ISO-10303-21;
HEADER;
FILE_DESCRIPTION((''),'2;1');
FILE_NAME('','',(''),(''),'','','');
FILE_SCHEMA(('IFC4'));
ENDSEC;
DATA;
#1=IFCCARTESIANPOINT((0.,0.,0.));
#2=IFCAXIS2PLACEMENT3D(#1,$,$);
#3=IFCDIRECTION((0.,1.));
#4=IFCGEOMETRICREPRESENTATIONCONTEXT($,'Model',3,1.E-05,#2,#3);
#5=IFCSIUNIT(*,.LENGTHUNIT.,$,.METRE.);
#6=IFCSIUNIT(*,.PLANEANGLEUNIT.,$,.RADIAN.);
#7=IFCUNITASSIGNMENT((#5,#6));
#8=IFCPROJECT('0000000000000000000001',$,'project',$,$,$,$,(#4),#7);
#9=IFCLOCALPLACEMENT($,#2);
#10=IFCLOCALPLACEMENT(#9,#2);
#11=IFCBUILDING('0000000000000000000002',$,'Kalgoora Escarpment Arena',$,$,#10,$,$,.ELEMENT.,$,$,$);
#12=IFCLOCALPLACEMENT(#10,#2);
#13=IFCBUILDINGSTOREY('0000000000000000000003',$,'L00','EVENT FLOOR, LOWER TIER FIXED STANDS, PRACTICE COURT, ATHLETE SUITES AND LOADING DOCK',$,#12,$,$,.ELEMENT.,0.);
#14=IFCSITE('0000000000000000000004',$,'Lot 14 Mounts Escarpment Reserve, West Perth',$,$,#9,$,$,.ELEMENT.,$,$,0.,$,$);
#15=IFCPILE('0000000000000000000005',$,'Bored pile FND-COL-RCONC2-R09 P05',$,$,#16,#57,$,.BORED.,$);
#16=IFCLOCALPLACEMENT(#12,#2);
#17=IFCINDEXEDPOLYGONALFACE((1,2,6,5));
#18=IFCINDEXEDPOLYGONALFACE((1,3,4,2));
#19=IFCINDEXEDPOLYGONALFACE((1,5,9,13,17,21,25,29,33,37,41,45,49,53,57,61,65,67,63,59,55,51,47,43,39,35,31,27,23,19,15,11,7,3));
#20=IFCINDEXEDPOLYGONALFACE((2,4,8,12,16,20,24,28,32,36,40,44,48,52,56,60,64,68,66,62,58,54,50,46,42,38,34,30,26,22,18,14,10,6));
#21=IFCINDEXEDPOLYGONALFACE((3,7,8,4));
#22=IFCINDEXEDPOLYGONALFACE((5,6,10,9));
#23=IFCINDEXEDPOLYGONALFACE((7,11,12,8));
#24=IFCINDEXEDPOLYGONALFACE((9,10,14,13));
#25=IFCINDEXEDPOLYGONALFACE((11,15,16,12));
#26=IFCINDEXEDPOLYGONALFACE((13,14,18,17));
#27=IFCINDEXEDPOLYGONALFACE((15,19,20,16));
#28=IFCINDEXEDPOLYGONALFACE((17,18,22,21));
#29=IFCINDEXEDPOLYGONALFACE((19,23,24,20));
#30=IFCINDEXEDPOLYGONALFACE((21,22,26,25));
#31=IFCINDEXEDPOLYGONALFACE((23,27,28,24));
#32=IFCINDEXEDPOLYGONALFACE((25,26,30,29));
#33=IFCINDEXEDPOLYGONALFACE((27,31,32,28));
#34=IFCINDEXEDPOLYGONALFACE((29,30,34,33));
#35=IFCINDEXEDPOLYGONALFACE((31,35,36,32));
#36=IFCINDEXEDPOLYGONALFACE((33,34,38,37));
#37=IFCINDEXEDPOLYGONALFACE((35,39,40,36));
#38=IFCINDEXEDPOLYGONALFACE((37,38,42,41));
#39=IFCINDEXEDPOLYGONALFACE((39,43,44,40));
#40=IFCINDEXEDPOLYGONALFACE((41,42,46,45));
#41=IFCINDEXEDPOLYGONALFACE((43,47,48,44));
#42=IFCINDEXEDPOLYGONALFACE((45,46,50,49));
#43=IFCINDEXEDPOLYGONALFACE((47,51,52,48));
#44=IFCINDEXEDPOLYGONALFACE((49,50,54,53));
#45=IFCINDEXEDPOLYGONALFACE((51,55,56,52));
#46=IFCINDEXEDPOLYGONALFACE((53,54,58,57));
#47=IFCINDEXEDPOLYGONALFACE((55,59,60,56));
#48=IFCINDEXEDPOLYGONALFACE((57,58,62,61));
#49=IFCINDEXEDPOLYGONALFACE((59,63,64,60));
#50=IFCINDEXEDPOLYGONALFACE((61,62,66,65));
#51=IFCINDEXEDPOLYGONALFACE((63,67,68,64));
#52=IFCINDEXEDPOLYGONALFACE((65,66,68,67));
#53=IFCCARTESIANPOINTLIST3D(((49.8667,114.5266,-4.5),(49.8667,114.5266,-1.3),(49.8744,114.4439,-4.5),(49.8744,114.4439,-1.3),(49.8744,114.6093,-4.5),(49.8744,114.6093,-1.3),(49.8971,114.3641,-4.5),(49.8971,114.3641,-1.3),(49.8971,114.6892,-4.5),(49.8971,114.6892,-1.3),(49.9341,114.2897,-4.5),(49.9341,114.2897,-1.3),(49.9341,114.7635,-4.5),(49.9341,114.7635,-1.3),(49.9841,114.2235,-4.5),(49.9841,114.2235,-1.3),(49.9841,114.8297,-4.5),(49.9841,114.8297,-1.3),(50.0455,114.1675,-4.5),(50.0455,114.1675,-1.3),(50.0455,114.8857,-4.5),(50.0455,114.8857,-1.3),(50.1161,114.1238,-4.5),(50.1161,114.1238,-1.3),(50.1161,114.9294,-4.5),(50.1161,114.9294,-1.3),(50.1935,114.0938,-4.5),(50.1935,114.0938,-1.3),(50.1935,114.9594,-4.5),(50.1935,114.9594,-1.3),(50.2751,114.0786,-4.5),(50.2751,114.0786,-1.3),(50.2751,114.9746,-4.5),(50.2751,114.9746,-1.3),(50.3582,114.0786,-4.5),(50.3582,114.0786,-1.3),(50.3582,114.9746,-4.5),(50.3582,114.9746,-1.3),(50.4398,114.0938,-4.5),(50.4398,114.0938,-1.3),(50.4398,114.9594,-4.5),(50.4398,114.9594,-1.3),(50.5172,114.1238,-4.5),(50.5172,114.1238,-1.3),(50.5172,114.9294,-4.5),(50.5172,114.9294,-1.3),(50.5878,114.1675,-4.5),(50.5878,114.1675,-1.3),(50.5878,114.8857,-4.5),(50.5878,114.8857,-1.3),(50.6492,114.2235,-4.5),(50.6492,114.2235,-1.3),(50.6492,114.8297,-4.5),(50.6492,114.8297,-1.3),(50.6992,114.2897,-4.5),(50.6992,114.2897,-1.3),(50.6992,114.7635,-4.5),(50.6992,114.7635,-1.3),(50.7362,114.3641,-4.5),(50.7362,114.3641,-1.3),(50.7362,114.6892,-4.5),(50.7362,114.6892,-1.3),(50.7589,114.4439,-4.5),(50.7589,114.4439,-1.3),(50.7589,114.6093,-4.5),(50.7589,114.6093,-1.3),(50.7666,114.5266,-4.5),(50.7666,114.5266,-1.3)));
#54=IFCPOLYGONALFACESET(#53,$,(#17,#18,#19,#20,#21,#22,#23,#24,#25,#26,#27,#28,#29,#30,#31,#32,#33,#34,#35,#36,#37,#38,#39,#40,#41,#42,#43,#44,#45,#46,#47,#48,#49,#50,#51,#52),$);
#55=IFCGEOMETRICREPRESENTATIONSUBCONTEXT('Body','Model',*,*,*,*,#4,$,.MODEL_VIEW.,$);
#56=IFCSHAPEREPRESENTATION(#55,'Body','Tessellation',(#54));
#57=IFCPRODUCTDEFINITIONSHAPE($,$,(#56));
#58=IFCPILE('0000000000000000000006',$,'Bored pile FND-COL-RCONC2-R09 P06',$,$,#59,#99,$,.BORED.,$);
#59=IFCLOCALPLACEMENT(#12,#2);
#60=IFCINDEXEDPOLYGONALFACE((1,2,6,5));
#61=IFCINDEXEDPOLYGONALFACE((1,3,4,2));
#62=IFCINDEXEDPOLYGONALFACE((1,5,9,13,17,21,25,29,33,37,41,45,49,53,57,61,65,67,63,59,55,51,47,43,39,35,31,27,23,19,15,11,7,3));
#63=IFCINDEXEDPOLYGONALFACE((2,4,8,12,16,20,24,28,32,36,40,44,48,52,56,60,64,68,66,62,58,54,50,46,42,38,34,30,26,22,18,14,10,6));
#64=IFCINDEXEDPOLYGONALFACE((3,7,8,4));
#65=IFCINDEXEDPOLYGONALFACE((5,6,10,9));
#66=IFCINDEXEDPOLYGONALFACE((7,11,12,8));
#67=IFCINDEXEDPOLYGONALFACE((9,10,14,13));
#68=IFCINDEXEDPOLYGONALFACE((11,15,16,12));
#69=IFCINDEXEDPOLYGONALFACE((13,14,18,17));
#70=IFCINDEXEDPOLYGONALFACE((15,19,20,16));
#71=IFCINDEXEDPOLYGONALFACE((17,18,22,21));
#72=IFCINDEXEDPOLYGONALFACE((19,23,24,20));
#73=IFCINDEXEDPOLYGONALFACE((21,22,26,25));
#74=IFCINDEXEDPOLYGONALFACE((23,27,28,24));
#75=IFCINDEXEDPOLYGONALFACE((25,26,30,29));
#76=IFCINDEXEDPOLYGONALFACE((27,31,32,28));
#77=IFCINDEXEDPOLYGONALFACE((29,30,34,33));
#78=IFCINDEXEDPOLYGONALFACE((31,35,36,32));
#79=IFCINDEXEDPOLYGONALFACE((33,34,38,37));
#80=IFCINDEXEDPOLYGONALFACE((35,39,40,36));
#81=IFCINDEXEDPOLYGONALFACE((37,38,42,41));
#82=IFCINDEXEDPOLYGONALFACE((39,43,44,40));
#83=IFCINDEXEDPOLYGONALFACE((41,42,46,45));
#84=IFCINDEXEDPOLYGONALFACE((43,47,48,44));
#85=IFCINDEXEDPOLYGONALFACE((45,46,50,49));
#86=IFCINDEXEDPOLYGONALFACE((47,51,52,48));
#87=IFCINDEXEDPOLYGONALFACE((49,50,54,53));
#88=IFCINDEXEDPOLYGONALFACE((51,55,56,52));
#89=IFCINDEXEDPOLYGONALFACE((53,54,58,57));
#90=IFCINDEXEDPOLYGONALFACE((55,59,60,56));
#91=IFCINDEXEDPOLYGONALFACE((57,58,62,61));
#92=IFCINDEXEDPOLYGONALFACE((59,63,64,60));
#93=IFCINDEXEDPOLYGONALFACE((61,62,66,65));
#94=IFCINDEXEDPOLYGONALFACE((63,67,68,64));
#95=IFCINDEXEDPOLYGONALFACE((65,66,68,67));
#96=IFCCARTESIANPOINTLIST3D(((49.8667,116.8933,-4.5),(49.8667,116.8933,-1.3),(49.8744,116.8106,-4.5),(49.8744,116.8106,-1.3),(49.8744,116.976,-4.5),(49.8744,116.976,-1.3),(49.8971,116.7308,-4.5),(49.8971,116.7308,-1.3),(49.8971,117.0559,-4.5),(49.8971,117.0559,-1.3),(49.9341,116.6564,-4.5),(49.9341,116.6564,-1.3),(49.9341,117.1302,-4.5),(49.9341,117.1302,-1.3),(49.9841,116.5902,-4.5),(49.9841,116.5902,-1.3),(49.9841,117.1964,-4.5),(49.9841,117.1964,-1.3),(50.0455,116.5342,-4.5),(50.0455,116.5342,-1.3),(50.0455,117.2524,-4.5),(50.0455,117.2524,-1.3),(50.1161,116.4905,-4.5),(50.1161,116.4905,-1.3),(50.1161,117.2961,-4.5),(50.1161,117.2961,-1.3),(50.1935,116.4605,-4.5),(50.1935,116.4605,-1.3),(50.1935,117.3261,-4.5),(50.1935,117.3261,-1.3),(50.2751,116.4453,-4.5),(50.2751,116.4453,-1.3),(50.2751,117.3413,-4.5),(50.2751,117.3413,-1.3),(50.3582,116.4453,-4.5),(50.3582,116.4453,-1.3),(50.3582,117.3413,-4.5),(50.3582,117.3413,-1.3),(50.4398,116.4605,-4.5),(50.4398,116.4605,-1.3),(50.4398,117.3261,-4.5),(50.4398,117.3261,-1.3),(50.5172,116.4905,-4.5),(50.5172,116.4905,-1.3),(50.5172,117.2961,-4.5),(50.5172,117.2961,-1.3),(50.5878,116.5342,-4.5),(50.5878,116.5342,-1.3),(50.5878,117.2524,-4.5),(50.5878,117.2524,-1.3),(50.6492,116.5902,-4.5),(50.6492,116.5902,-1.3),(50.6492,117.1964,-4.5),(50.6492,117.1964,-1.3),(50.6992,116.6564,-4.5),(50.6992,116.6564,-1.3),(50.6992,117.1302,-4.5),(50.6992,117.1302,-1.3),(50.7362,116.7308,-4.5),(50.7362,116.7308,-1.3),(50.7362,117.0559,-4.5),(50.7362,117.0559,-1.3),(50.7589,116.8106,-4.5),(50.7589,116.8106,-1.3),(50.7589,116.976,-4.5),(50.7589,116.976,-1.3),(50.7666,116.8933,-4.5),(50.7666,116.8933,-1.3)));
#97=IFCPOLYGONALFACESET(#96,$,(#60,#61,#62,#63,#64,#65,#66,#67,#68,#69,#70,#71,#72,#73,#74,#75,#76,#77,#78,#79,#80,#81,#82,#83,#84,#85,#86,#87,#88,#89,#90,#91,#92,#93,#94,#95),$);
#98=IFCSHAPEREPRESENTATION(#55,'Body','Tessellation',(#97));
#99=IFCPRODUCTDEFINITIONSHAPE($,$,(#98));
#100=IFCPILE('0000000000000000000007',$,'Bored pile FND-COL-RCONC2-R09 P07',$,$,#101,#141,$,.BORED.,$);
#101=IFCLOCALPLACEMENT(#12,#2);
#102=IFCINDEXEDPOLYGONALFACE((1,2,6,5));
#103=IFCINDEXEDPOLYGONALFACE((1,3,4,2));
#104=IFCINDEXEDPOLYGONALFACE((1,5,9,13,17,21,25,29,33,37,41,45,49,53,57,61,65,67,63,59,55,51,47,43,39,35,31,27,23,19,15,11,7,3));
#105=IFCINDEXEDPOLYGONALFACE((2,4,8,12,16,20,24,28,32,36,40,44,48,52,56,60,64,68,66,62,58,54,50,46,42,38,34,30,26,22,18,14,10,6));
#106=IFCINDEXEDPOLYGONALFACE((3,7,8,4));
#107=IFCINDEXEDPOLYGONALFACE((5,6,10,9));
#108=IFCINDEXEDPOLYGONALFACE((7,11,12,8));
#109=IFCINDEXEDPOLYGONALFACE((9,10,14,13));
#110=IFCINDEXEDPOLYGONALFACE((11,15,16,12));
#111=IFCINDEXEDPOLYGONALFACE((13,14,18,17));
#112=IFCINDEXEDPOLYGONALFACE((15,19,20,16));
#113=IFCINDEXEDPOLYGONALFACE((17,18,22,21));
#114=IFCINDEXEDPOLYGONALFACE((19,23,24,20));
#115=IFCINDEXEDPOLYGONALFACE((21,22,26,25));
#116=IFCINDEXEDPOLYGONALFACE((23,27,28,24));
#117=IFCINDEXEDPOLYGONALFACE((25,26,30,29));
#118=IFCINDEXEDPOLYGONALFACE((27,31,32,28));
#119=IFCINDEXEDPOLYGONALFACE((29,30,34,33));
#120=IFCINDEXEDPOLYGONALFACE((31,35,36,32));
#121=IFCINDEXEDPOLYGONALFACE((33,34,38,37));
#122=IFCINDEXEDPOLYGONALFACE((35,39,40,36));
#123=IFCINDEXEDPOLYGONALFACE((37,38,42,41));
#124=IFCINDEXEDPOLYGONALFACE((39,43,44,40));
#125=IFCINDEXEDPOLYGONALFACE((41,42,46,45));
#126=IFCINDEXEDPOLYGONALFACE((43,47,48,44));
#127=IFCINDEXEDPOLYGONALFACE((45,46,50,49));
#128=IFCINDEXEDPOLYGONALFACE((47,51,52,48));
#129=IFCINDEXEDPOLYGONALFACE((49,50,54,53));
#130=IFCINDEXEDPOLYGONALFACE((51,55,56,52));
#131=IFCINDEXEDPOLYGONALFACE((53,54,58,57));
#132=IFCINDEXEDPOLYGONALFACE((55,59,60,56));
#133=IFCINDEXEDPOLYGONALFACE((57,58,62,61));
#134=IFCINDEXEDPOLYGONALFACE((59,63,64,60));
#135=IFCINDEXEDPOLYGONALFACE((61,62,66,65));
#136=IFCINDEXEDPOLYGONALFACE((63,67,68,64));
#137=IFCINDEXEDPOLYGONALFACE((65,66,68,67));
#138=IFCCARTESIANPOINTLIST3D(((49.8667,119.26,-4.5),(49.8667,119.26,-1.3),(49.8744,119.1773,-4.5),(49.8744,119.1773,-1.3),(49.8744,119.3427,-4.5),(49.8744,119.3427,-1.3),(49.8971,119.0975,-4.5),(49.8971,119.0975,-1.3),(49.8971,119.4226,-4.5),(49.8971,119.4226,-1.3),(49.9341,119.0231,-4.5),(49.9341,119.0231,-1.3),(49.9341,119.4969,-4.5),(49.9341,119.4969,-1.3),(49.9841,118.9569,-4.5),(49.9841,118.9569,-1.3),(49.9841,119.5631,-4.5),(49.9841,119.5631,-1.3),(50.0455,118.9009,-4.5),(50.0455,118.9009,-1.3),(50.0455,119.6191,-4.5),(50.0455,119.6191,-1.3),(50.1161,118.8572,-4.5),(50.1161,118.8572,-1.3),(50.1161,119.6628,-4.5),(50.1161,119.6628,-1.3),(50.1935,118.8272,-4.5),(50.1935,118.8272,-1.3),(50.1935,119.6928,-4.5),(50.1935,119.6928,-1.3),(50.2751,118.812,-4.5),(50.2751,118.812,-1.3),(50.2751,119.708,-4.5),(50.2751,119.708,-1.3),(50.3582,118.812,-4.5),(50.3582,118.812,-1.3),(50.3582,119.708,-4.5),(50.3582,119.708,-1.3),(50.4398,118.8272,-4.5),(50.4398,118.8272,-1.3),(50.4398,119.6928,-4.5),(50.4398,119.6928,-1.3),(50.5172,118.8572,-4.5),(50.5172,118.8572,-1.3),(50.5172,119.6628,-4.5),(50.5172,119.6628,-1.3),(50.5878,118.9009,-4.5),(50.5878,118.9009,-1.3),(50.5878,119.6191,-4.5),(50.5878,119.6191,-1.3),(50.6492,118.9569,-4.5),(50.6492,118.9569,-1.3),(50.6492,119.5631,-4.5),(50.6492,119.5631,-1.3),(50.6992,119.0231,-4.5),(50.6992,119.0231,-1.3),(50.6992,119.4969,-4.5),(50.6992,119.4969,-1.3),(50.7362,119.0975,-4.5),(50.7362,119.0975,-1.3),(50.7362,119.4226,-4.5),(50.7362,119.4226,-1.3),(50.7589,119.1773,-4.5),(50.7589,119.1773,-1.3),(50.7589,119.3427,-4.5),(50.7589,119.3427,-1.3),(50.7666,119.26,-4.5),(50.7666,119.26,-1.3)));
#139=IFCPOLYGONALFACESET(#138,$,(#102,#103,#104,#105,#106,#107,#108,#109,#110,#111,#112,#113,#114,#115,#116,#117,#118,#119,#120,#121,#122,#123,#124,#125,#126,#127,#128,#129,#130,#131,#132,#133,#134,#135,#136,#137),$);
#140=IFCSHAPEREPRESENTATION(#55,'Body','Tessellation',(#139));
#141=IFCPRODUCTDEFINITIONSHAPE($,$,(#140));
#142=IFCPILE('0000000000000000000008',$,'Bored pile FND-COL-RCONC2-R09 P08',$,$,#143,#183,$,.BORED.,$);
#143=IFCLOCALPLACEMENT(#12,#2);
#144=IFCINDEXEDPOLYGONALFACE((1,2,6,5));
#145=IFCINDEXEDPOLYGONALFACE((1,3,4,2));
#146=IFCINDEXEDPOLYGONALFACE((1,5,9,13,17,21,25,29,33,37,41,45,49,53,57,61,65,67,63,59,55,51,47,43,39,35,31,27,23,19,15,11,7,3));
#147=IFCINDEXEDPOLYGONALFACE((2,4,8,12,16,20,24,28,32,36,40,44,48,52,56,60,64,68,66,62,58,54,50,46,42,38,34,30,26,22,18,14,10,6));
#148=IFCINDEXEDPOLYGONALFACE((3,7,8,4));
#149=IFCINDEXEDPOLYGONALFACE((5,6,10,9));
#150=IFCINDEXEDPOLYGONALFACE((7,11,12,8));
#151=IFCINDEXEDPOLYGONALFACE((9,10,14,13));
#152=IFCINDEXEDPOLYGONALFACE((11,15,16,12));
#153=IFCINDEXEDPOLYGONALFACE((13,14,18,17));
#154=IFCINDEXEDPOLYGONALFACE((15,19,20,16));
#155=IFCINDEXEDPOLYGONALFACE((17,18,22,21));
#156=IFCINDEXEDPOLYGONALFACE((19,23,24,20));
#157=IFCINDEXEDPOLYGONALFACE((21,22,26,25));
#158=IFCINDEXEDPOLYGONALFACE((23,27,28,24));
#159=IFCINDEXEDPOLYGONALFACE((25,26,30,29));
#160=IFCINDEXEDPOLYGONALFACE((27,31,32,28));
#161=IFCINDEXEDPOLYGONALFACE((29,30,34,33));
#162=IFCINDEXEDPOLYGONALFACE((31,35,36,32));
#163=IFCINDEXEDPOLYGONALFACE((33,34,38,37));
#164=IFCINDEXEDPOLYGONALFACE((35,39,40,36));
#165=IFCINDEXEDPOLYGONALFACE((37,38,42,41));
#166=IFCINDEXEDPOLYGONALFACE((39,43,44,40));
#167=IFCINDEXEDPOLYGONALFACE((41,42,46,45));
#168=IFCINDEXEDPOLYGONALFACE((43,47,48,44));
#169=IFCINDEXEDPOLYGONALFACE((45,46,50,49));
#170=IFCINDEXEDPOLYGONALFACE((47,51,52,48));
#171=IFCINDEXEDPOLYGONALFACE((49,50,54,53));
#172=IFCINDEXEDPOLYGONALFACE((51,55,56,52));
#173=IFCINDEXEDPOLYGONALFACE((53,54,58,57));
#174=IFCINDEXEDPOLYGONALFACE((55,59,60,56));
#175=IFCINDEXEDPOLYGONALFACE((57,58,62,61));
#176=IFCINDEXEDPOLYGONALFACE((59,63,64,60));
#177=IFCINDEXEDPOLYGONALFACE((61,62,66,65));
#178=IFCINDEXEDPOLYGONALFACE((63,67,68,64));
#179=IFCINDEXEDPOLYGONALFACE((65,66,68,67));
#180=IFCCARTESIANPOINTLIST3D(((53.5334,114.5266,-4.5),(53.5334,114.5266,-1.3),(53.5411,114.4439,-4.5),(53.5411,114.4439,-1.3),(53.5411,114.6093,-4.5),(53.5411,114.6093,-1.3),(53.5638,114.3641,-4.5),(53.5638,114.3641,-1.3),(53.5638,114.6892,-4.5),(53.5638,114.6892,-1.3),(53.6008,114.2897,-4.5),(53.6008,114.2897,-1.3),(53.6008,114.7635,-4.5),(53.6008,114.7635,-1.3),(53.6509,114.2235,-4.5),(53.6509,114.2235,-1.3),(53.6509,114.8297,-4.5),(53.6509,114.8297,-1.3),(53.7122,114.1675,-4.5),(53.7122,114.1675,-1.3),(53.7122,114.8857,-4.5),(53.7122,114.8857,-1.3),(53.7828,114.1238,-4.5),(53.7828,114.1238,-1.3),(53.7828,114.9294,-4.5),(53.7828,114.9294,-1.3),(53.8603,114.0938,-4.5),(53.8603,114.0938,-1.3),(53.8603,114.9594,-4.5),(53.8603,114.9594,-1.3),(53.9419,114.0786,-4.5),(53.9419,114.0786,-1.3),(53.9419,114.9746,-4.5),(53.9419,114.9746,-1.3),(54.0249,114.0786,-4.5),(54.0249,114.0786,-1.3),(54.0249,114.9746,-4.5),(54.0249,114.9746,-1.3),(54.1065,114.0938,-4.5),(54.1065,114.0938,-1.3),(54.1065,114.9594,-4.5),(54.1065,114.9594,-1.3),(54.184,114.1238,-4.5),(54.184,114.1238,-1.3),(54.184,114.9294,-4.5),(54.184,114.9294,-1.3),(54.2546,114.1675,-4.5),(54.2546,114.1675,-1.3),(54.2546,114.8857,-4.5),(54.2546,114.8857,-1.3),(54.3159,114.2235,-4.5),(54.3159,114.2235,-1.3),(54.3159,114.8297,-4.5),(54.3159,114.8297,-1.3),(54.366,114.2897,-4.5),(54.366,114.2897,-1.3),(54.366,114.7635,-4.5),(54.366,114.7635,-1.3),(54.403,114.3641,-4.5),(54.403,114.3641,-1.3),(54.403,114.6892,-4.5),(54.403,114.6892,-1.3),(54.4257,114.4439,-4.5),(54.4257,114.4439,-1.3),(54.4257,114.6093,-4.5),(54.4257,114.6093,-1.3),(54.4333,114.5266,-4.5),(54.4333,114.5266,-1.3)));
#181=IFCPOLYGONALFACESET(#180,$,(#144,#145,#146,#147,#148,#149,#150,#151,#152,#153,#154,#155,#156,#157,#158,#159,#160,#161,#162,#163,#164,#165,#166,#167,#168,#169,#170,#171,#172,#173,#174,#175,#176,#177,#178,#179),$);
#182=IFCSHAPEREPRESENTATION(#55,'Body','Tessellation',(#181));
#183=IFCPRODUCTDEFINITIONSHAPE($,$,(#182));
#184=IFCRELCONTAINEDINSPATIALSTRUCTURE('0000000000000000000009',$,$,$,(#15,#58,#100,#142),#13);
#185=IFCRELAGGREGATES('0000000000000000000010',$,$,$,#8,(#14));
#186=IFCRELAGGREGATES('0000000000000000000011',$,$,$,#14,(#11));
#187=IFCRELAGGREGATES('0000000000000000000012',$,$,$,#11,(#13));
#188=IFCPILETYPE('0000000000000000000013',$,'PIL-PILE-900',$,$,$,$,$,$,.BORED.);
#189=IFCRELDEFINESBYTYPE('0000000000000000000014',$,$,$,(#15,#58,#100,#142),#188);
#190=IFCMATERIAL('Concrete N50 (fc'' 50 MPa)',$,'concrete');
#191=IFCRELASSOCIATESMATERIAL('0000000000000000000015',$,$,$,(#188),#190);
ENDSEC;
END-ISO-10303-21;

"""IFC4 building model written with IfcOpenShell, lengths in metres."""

from ifc_helpers import new_model, si_unit, direction, frame, origin, origin_2d, place, context, subcontext, project, spatial, circle, extrude, material, material_profile, profile_set, type_object, element, save


model = new_model("IFC4")

# Units and contexts
model_context = context("Model", 3, precision=1e-05, world=origin(), true_north=direction((0.0, 1.0)))
body_context = subcontext(model_context, "Body", "Model", "MODEL_VIEW")
ifc_project = project(units=[si_unit("LENGTHUNIT", "METRE"), si_unit("PLANEANGLEUNIT", "RADIAN")], contexts=[model_context])

# Site, building, storey
site_placement = place(None, origin())
site = spatial("IfcSite", under=ifc_project, at=site_placement, Name="Lot 14 Mounts Escarpment Reserve, West Perth", CompositionType="ELEMENT", RefElevation=0.0)
building_placement = place(site_placement, origin())
building = spatial("IfcBuilding", under=site, at=building_placement, Name="Kalgoora Escarpment Arena", CompositionType="ELEMENT")
storey_placement = place(building_placement, origin())
storey = spatial("IfcBuildingStorey", under=building, at=storey_placement, Name="L00", Description="EVENT FLOOR, LOWER TIER FIXED STANDS, PRACTICE COURT, ATHLETE SUITES AND LOADING DOCK", CompositionType="ELEMENT", Elevation=0.0)

# Piles
ifc_material_1 = material(Name="Concrete N50 (fc' 50 MPa)", Category="concrete")
ifc_material_profile_1 = material_profile(ifc_material_1, circle(Radius=0.45, at=origin_2d()))
ifc_profile_set_1 = profile_set([ifc_material_profile_1], Name="Concrete N50 (fc' 50 MPa)")
pile_type = type_object("IfcPileType", Name="PIL-PILE-900", PredefinedType="BORED", material=ifc_profile_set_1)
for number, where, z_axis, x_axis, name in (
    (1, (50.3167, 114.5266, -1.3), (0.0, 0.0, -1.0), (1.0, 0.0, 0.0), "Bored pile FND-COL-RCONC2-R09 P05"),
    (2, (50.3167, 116.8933, -1.3), (0.0, 0.0, -1.0), (1.0, 0.0, 0.0), "Bored pile FND-COL-RCONC2-R09 P06"),
    (3, (50.3167, 119.26, -1.3), (0.0, 0.0, -1.0), (1.0, 0.0, 0.0), "Bored pile FND-COL-RCONC2-R09 P07"),
    (4, (53.9834, 114.5266, -1.3), (0.0, 0.0, -1.0), (1.0, 0.0, 0.0), "Bored pile FND-COL-RCONC2-R09 P08"),
):
    element("IfcPile", number, at=place(storey_placement, frame(where, z_axis=z_axis, x_axis=x_axis)), inside=storey, type_object=pile_type, Name=name, PredefinedType="BORED", context=body_context, shape_type="SweptSolid", body=[
        extrude(circle(Radius=0.45, at=origin_2d()), origin(), (0.0, 0.0, 1.0), 3.2),
    ])

save(model, "model.ifc")
